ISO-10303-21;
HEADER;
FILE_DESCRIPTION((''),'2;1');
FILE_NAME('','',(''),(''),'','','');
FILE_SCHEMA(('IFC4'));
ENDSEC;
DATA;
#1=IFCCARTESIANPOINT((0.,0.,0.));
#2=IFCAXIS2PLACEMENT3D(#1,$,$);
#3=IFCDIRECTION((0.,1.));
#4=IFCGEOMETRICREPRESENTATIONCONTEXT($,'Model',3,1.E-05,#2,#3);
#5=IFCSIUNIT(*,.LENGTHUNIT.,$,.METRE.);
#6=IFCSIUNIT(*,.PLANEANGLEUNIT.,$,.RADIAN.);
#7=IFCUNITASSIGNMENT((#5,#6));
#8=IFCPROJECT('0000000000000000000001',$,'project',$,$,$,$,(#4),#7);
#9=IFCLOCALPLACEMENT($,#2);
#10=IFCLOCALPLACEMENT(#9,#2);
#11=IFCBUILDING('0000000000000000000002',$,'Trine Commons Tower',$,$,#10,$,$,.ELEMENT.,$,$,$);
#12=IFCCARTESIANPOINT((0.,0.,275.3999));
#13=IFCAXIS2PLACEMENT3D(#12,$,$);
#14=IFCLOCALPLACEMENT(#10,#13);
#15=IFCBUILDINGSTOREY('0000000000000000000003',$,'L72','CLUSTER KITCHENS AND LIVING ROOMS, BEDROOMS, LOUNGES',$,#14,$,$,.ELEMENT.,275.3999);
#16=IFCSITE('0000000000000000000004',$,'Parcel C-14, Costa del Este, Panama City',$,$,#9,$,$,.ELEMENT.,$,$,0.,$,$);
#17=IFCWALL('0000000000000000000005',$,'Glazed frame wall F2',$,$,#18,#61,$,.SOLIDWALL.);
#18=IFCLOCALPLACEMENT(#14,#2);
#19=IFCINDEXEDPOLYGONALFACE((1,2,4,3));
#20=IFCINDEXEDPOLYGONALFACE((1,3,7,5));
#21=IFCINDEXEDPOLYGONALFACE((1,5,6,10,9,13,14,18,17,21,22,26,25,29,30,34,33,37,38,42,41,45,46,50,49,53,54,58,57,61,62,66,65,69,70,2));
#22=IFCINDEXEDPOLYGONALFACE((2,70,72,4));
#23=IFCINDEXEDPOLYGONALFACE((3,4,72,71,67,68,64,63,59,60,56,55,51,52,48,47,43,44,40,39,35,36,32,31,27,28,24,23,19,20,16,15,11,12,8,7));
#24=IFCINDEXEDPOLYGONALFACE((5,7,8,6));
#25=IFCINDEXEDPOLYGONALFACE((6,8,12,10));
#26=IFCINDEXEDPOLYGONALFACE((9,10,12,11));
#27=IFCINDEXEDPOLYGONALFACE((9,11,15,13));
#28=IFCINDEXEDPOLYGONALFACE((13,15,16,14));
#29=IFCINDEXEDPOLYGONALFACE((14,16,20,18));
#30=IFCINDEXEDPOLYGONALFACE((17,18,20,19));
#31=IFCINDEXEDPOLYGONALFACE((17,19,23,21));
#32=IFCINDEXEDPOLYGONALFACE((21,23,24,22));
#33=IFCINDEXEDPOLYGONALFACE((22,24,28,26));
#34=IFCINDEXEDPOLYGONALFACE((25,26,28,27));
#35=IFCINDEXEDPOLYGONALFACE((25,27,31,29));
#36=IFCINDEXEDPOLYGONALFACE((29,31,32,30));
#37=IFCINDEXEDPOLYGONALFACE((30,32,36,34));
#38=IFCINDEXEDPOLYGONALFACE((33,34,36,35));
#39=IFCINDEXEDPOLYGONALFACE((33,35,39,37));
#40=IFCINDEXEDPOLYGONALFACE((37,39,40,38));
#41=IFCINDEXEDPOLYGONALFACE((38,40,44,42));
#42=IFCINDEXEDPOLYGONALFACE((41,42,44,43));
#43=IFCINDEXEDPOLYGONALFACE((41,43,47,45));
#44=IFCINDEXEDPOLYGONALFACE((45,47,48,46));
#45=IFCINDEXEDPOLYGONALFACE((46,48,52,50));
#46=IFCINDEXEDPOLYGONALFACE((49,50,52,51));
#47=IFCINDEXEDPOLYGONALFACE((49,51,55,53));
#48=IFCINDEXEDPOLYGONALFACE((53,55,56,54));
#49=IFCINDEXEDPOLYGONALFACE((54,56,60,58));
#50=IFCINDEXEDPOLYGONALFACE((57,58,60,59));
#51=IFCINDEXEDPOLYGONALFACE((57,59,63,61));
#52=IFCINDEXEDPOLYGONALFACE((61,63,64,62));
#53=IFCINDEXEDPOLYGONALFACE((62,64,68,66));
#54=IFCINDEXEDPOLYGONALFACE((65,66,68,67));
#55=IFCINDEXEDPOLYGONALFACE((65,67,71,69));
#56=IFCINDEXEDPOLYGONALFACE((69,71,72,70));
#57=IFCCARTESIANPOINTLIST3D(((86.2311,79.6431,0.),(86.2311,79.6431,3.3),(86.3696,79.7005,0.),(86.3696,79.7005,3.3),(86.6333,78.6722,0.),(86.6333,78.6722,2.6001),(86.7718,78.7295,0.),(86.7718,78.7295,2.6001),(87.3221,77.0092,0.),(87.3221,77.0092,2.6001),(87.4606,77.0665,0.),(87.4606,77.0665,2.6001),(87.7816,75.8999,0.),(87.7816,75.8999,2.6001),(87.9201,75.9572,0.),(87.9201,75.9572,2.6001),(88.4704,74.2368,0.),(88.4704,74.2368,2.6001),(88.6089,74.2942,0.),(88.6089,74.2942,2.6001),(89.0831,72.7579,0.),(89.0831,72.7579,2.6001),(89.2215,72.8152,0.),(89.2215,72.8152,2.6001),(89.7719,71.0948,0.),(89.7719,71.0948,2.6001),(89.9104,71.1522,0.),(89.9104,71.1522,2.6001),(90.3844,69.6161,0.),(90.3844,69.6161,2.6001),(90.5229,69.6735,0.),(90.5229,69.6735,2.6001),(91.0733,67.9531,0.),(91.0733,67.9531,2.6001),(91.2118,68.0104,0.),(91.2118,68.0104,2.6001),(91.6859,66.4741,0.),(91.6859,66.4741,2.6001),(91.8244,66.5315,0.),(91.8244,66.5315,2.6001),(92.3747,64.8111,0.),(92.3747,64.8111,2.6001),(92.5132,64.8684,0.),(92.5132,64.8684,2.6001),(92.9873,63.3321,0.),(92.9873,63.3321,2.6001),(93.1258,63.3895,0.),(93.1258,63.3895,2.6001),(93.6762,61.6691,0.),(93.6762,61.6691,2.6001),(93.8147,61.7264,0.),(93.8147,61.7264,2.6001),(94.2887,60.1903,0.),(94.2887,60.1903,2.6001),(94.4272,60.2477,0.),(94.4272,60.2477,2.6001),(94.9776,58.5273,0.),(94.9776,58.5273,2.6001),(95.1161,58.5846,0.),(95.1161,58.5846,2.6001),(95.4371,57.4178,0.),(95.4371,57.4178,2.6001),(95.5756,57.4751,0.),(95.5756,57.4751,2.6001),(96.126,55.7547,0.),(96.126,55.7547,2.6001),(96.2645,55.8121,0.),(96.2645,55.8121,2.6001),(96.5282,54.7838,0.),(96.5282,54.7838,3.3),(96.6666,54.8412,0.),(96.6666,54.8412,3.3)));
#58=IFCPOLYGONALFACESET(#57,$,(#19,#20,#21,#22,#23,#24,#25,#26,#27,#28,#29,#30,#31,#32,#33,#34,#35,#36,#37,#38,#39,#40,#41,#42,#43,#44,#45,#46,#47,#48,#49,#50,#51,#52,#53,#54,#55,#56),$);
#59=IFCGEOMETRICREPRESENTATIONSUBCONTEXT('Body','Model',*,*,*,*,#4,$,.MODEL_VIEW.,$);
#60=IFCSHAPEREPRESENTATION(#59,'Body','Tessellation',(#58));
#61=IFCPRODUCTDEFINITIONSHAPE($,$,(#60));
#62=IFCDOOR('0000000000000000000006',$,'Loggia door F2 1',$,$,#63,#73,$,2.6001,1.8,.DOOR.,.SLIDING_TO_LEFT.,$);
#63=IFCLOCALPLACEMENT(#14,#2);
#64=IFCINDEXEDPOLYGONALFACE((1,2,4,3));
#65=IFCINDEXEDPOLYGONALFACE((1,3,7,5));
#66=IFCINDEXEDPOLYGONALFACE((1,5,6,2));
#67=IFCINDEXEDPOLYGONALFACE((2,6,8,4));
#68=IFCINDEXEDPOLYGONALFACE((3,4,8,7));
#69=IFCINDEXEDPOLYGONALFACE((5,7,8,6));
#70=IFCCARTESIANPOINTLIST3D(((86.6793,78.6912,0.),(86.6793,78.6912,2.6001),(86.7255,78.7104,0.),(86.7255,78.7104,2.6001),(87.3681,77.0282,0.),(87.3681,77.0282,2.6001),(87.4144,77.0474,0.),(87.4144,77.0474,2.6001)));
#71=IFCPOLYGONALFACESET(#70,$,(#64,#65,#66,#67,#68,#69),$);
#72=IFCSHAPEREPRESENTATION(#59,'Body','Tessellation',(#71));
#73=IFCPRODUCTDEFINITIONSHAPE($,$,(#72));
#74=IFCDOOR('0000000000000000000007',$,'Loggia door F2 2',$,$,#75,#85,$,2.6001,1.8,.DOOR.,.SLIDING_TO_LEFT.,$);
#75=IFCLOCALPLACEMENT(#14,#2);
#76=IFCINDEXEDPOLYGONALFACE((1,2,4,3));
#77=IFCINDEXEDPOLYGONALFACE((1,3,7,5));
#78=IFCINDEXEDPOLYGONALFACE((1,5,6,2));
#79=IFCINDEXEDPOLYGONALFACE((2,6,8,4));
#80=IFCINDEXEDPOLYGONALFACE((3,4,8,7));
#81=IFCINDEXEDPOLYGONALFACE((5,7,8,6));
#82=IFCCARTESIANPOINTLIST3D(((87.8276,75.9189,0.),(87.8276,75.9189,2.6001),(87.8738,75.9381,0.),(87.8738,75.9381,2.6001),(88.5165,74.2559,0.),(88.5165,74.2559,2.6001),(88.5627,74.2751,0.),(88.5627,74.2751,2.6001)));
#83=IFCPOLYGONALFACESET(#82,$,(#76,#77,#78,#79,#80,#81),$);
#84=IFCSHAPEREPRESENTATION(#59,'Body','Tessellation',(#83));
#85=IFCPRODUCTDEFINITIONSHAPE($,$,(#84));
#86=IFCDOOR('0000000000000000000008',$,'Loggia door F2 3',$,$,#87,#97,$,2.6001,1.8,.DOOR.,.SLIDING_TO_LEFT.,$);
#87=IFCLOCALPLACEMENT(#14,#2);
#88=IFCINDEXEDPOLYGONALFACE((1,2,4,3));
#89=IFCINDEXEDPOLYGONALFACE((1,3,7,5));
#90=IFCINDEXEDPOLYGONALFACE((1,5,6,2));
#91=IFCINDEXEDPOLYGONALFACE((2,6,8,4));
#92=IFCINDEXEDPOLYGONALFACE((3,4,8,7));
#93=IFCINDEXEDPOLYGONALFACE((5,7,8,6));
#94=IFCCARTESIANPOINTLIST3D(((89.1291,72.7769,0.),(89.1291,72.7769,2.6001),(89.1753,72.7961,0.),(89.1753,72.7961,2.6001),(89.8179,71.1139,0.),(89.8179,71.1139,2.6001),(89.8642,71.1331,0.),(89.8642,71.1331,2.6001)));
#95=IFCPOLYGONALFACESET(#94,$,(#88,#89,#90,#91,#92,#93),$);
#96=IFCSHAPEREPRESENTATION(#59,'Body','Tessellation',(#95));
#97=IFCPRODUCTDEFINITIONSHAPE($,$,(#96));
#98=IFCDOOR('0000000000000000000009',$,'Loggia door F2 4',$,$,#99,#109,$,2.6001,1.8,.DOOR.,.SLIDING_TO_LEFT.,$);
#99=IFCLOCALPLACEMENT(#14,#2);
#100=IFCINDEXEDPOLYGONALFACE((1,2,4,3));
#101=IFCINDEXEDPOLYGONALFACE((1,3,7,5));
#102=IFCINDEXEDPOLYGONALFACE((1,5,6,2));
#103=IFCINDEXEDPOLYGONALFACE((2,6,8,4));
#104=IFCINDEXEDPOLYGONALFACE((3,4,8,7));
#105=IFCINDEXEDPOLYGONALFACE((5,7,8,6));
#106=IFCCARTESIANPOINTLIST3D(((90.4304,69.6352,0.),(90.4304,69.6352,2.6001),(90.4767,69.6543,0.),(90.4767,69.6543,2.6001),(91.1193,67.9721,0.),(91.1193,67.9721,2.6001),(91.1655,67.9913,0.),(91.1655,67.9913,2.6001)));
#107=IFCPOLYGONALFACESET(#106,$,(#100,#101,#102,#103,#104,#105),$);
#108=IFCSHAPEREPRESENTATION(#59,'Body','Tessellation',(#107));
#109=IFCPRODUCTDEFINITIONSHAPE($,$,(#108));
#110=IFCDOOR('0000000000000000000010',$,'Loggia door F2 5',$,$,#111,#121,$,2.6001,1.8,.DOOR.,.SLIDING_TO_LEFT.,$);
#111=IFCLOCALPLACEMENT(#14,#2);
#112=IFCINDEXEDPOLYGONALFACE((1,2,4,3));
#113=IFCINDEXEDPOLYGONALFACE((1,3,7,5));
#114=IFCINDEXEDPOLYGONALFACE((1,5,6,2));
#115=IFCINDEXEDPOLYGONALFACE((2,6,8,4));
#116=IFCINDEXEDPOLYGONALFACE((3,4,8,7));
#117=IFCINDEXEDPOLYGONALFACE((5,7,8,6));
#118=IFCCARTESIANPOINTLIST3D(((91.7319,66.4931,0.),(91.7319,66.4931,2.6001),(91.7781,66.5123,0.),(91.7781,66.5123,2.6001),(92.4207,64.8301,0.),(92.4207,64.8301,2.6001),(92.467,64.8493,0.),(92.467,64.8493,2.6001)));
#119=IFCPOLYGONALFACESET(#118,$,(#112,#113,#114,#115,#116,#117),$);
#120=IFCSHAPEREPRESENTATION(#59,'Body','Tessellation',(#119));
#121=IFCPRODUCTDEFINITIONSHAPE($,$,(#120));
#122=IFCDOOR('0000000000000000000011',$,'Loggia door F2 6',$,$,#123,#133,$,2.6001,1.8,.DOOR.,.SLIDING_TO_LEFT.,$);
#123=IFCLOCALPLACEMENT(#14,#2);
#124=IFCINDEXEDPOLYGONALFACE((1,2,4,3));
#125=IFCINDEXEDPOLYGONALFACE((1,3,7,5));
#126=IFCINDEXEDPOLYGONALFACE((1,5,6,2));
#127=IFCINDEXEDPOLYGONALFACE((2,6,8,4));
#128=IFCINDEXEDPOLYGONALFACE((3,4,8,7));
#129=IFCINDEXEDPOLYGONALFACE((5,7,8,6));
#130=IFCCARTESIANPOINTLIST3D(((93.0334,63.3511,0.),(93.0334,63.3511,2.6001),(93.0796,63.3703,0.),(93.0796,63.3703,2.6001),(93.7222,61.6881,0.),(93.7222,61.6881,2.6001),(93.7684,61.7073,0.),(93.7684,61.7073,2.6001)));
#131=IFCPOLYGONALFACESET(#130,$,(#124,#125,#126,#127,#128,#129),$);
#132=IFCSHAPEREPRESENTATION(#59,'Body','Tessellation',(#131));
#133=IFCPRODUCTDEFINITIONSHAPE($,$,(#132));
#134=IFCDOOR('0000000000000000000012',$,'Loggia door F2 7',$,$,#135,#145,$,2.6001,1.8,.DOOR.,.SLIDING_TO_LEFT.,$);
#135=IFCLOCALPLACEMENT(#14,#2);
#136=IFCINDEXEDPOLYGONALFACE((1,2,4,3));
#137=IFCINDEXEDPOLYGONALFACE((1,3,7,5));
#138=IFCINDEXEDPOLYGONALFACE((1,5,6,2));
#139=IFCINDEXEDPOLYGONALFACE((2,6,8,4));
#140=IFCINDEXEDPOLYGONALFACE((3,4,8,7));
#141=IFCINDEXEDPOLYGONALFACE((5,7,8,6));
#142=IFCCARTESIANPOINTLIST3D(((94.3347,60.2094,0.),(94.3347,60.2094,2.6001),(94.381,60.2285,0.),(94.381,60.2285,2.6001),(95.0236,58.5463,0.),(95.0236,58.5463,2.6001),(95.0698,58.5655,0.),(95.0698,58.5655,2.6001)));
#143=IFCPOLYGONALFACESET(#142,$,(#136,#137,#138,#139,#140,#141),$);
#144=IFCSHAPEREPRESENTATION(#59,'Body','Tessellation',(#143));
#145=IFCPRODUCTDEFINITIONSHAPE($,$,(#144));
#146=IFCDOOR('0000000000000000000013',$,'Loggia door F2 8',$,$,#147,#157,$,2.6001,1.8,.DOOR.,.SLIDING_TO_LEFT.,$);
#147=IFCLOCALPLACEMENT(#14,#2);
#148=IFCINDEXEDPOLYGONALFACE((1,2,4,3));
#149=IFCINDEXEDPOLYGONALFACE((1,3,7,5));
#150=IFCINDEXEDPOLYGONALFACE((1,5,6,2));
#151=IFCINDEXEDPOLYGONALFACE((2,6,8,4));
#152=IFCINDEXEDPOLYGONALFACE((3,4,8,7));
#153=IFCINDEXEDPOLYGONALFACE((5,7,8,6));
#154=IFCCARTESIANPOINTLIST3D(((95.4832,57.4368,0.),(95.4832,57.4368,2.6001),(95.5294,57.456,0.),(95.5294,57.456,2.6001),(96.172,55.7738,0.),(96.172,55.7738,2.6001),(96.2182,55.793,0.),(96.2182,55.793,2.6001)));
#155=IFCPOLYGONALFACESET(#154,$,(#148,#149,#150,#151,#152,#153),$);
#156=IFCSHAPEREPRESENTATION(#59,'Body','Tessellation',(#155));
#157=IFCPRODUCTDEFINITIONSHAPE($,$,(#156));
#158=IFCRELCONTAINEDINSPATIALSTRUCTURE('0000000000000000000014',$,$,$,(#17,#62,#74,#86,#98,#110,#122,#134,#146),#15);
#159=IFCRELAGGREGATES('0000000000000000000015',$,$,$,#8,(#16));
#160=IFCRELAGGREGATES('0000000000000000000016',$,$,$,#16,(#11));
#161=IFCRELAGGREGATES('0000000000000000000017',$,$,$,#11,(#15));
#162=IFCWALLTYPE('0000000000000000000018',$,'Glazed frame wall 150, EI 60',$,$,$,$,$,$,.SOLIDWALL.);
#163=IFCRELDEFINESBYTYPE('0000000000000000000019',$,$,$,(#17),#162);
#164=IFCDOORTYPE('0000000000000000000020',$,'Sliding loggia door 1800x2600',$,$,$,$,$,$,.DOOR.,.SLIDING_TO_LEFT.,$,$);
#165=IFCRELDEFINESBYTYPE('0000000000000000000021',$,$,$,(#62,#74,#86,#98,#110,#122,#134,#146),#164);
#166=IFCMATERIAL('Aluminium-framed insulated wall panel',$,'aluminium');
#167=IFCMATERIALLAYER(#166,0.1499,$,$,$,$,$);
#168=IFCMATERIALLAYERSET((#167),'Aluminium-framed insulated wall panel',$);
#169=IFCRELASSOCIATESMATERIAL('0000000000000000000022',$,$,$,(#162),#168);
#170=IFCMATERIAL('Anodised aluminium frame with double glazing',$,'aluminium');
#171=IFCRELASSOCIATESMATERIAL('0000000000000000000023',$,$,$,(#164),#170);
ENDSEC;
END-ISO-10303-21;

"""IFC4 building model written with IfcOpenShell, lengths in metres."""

from ifc_helpers import new_model, si_unit, direction, frame, frame_2d, origin, place, context, subcontext, project, spatial, polyline, rectangle, outline, extrude, material, layer, layer_set, type_object, element, fill, save


model = new_model("IFC4")

# Units and contexts
model_context = context("Model", 3, precision=1e-05, world=origin(), true_north=direction((0.0, 1.0)))
body_context = subcontext(model_context, "Body", "Model", "MODEL_VIEW")
ifc_project = project(units=[si_unit("LENGTHUNIT", "METRE"), si_unit("PLANEANGLEUNIT", "RADIAN")], contexts=[model_context])

# Site, building, storey
site_placement = place(None, origin())
site = spatial("IfcSite", under=ifc_project, at=site_placement, Name="Parcel C-14, Costa del Este, Panama City", CompositionType="ELEMENT", RefElevation=0.0)
building_placement = place(site_placement, origin())
building = spatial("IfcBuilding", under=site, at=building_placement, Name="Trine Commons Tower", CompositionType="ELEMENT")
storey_placement = place(building_placement, frame((0.0, 0.0, 275.3999)))
storey = spatial("IfcBuildingStorey", under=building, at=storey_placement, Name="L72", Description="CLUSTER KITCHENS AND LIVING ROOMS, BEDROOMS, LOUNGES", CompositionType="ELEMENT", Elevation=275.3999)

# Shared definitions
ifc_material_1 = material(Name="Aluminium-framed insulated wall panel", Category="aluminium")
ifc_layer_1 = layer(ifc_material_1, 0.1499)
ifc_layer_set_1 = layer_set([ifc_layer_1], Name="Aluminium-framed insulated wall panel")
wall_type_1 = type_object("IfcWallType", Name="Glazed frame wall 150, EI 60", PredefinedType="SOLIDWALL", material=ifc_layer_set_1)
ifc_material_2 = material(Name="Anodised aluminium frame with double glazing", Category="aluminium")
door_type = type_object("IfcDoorType", Name="Sliding loggia door 1800x2600", OperationType="SLIDING_TO_LEFT", PredefinedType="DOOR", material=ifc_material_2)

# Wall, openings, doors
wall_1_placement = place(storey_placement, frame((86.2432, 79.8098, 0.0), z_axis=(0.0, 0.0, 1.0), x_axis=(0.382684, -0.923879, 0.0)))
wall_1 = element("IfcWall", 1, at=wall_1_placement, inside=storey, type_object=wall_type_1, Name="Glazed frame wall F2", PredefinedType="SOLIDWALL", context=body_context, shape_type="SweptSolid", body=[
    extrude(outline(polyline([(0.1494, 0.075), (0.1494, -0.075), (27.0569, -0.075), (27.0569, 0.075), (0.1494, 0.075)])), origin(), (0.0, 0.0, 1.0), 3.3),
])
opening_1_placement = place(wall_1_placement, frame((1.2004, 0.0, 0.0)))
opening_1 = element("IfcOpeningElement", 2, at=opening_1_placement, cuts=wall_1, PredefinedType="OPENING", context=body_context, shape_type="SweptSolid", body=[
    extrude(rectangle(XDim=1.8, YDim=2.6001, at=frame_2d((0.8999, 1.3))), frame((0.0, 0.085, 0.0), z_axis=(0.0, -1.0, 0.0), x_axis=(1.0, 0.0, 0.0)), (0.0, 0.0, 1.0), 0.1699),
])
opening_2_placement = place(wall_1_placement, frame((4.2012, 0.0, 0.0)))
opening_2 = element("IfcOpeningElement", 3, at=opening_2_placement, cuts=wall_1, PredefinedType="OPENING", context=body_context, shape_type="SweptSolid", body=[
    extrude(rectangle(XDim=1.8, YDim=2.6001, at=frame_2d((0.8999, 1.3))), frame((0.0, 0.085, 0.0), z_axis=(0.0, -1.0, 0.0), x_axis=(1.0, 0.0, 0.0)), (0.0, 0.0, 1.0), 0.1699),
])
opening_3_placement = place(wall_1_placement, frame((7.6021, 0.0, 0.0)))
opening_3 = element("IfcOpeningElement", 4, at=opening_3_placement, cuts=wall_1, PredefinedType="OPENING", context=body_context, shape_type="SweptSolid", body=[
    extrude(rectangle(XDim=1.8, YDim=2.6001, at=frame_2d((0.8999, 1.3))), frame((0.0, 0.085, 0.0), z_axis=(0.0, -1.0, 0.0), x_axis=(1.0, 0.0, 0.0)), (0.0, 0.0, 1.0), 0.1699),
])
opening_4_placement = place(wall_1_placement, frame((11.0027, 0.0, 0.0)))
opening_4 = element("IfcOpeningElement", 5, at=opening_4_placement, cuts=wall_1, PredefinedType="OPENING", context=body_context, shape_type="SweptSolid", body=[
    extrude(rectangle(XDim=1.8, YDim=2.6001, at=frame_2d((0.8999, 1.3))), frame((0.0, 0.085, 0.0), z_axis=(0.0, -1.0, 0.0), x_axis=(1.0, 0.0, 0.0)), (0.0, 0.0, 1.0), 0.1699),
])
opening_5_placement = place(wall_1_placement, frame((14.4036, 0.0, 0.0)))
opening_5 = element("IfcOpeningElement", 6, at=opening_5_placement, cuts=wall_1, PredefinedType="OPENING", context=body_context, shape_type="SweptSolid", body=[
    extrude(rectangle(XDim=1.8, YDim=2.6001, at=frame_2d((0.8999, 1.3))), frame((0.0, 0.085, 0.0), z_axis=(0.0, -1.0, 0.0), x_axis=(1.0, 0.0, 0.0)), (0.0, 0.0, 1.0), 0.1699),
])
opening_6_placement = place(wall_1_placement, frame((17.8044, 0.0, 0.0)))
opening_6 = element("IfcOpeningElement", 7, at=opening_6_placement, cuts=wall_1, PredefinedType="OPENING", context=body_context, shape_type="SweptSolid", body=[
    extrude(rectangle(XDim=1.8, YDim=2.6001, at=frame_2d((0.8999, 1.3))), frame((0.0, 0.085, 0.0), z_axis=(0.0, -1.0, 0.0), x_axis=(1.0, 0.0, 0.0)), (0.0, 0.0, 1.0), 0.1699),
])
opening_7_placement = place(wall_1_placement, frame((21.2051, 0.0, 0.0)))
opening_7 = element("IfcOpeningElement", 8, at=opening_7_placement, cuts=wall_1, PredefinedType="OPENING", context=body_context, shape_type="SweptSolid", body=[
    extrude(rectangle(XDim=1.8, YDim=2.6001, at=frame_2d((0.8999, 1.3))), frame((0.0, 0.085, 0.0), z_axis=(0.0, -1.0, 0.0), x_axis=(1.0, 0.0, 0.0)), (0.0, 0.0, 1.0), 0.1699),
])
opening_8_placement = place(wall_1_placement, frame((24.2061, 0.0, 0.0)))
opening_8 = element("IfcOpeningElement", 9, at=opening_8_placement, cuts=wall_1, PredefinedType="OPENING", context=body_context, shape_type="SweptSolid", body=[
    extrude(rectangle(XDim=1.8, YDim=2.6001, at=frame_2d((0.8999, 1.3))), frame((0.0, 0.085, 0.0), z_axis=(0.0, -1.0, 0.0), x_axis=(1.0, 0.0, 0.0)), (0.0, 0.0, 1.0), 0.1699),
])
door_1_placement = place(opening_1_placement, origin())
door_1 = element("IfcDoor", 10, at=door_1_placement, inside=storey, type_object=door_type, Name="Loggia door F2 1", OperationType="SLIDING_TO_LEFT", OverallHeight=2.6001, OverallWidth=1.8, PredefinedType="DOOR", context=body_context, shape_type="SweptSolid", body=[
    extrude(rectangle(XDim=1.8, YDim=2.6001, at=frame_2d((0.8999, 1.3))), frame((0.0, 0.0249, 0.0), z_axis=(0.0, -1.0, 0.0), x_axis=(1.0, 0.0, 0.0)), (0.0, 0.0, 1.0), 0.05),
])
fill(opening_1, door_1)
door_2_placement = place(opening_2_placement, origin())
door_2 = element("IfcDoor", 11, at=door_2_placement, inside=storey, type_object=door_type, Name="Loggia door F2 2", OperationType="SLIDING_TO_LEFT", OverallHeight=2.6001, OverallWidth=1.8, PredefinedType="DOOR", context=body_context, shape_type="SweptSolid", body=[
    extrude(rectangle(XDim=1.8, YDim=2.6001, at=frame_2d((0.8999, 1.3))), frame((0.0, 0.0249, 0.0), z_axis=(0.0, -1.0, 0.0), x_axis=(1.0, 0.0, 0.0)), (0.0, 0.0, 1.0), 0.05),
])
fill(opening_2, door_2)
door_3_placement = place(opening_3_placement, origin())
door_3 = element("IfcDoor", 12, at=door_3_placement, inside=storey, type_object=door_type, Name="Loggia door F2 3", OperationType="SLIDING_TO_LEFT", OverallHeight=2.6001, OverallWidth=1.8, PredefinedType="DOOR", context=body_context, shape_type="SweptSolid", body=[
    extrude(rectangle(XDim=1.8, YDim=2.6001, at=frame_2d((0.8999, 1.3))), frame((0.0, 0.0249, 0.0), z_axis=(0.0, -1.0, 0.0), x_axis=(1.0, 0.0, 0.0)), (0.0, 0.0, 1.0), 0.05),
])
fill(opening_3, door_3)
door_4_placement = place(opening_4_placement, origin())
door_4 = element("IfcDoor", 13, at=door_4_placement, inside=storey, type_object=door_type, Name="Loggia door F2 4", OperationType="SLIDING_TO_LEFT", OverallHeight=2.6001, OverallWidth=1.8, PredefinedType="DOOR", context=body_context, shape_type="SweptSolid", body=[
    extrude(rectangle(XDim=1.8, YDim=2.6001, at=frame_2d((0.8999, 1.3))), frame((0.0, 0.0249, 0.0), z_axis=(0.0, -1.0, 0.0), x_axis=(1.0, 0.0, 0.0)), (0.0, 0.0, 1.0), 0.05),
])
fill(opening_4, door_4)
door_5_placement = place(opening_5_placement, origin())
door_5 = element("IfcDoor", 14, at=door_5_placement, inside=storey, type_object=door_type, Name="Loggia door F2 5", OperationType="SLIDING_TO_LEFT", OverallHeight=2.6001, OverallWidth=1.8, PredefinedType="DOOR", context=body_context, shape_type="SweptSolid", body=[
    extrude(rectangle(XDim=1.8, YDim=2.6001, at=frame_2d((0.8999, 1.3))), frame((0.0, 0.0249, 0.0), z_axis=(0.0, -1.0, 0.0), x_axis=(1.0, 0.0, 0.0)), (0.0, 0.0, 1.0), 0.05),
])
fill(opening_5, door_5)
door_6_placement = place(opening_6_placement, origin())
door_6 = element("IfcDoor", 15, at=door_6_placement, inside=storey, type_object=door_type, Name="Loggia door F2 6", OperationType="SLIDING_TO_LEFT", OverallHeight=2.6001, OverallWidth=1.8, PredefinedType="DOOR", context=body_context, shape_type="SweptSolid", body=[
    extrude(rectangle(XDim=1.8, YDim=2.6001, at=frame_2d((0.8999, 1.3))), frame((0.0, 0.0249, 0.0), z_axis=(0.0, -1.0, 0.0), x_axis=(1.0, 0.0, 0.0)), (0.0, 0.0, 1.0), 0.05),
])
fill(opening_6, door_6)
door_7_placement = place(opening_7_placement, origin())
door_7 = element("IfcDoor", 16, at=door_7_placement, inside=storey, type_object=door_type, Name="Loggia door F2 7", OperationType="SLIDING_TO_LEFT", OverallHeight=2.6001, OverallWidth=1.8, PredefinedType="DOOR", context=body_context, shape_type="SweptSolid", body=[
    extrude(rectangle(XDim=1.8, YDim=2.6001, at=frame_2d((0.8999, 1.3))), frame((0.0, 0.0249, 0.0), z_axis=(0.0, -1.0, 0.0), x_axis=(1.0, 0.0, 0.0)), (0.0, 0.0, 1.0), 0.05),
])
fill(opening_7, door_7)
door_8_placement = place(opening_8_placement, origin())
door_8 = element("IfcDoor", 17, at=door_8_placement, inside=storey, type_object=door_type, Name="Loggia door F2 8", OperationType="SLIDING_TO_LEFT", OverallHeight=2.6001, OverallWidth=1.8, PredefinedType="DOOR", context=body_context, shape_type="SweptSolid", body=[
    extrude(rectangle(XDim=1.8, YDim=2.6001, at=frame_2d((0.8999, 1.3))), frame((0.0, 0.0249, 0.0), z_axis=(0.0, -1.0, 0.0), x_axis=(1.0, 0.0, 0.0)), (0.0, 0.0, 1.0), 0.05),
])
fill(opening_8, door_8)

save(model, "model.ifc")
